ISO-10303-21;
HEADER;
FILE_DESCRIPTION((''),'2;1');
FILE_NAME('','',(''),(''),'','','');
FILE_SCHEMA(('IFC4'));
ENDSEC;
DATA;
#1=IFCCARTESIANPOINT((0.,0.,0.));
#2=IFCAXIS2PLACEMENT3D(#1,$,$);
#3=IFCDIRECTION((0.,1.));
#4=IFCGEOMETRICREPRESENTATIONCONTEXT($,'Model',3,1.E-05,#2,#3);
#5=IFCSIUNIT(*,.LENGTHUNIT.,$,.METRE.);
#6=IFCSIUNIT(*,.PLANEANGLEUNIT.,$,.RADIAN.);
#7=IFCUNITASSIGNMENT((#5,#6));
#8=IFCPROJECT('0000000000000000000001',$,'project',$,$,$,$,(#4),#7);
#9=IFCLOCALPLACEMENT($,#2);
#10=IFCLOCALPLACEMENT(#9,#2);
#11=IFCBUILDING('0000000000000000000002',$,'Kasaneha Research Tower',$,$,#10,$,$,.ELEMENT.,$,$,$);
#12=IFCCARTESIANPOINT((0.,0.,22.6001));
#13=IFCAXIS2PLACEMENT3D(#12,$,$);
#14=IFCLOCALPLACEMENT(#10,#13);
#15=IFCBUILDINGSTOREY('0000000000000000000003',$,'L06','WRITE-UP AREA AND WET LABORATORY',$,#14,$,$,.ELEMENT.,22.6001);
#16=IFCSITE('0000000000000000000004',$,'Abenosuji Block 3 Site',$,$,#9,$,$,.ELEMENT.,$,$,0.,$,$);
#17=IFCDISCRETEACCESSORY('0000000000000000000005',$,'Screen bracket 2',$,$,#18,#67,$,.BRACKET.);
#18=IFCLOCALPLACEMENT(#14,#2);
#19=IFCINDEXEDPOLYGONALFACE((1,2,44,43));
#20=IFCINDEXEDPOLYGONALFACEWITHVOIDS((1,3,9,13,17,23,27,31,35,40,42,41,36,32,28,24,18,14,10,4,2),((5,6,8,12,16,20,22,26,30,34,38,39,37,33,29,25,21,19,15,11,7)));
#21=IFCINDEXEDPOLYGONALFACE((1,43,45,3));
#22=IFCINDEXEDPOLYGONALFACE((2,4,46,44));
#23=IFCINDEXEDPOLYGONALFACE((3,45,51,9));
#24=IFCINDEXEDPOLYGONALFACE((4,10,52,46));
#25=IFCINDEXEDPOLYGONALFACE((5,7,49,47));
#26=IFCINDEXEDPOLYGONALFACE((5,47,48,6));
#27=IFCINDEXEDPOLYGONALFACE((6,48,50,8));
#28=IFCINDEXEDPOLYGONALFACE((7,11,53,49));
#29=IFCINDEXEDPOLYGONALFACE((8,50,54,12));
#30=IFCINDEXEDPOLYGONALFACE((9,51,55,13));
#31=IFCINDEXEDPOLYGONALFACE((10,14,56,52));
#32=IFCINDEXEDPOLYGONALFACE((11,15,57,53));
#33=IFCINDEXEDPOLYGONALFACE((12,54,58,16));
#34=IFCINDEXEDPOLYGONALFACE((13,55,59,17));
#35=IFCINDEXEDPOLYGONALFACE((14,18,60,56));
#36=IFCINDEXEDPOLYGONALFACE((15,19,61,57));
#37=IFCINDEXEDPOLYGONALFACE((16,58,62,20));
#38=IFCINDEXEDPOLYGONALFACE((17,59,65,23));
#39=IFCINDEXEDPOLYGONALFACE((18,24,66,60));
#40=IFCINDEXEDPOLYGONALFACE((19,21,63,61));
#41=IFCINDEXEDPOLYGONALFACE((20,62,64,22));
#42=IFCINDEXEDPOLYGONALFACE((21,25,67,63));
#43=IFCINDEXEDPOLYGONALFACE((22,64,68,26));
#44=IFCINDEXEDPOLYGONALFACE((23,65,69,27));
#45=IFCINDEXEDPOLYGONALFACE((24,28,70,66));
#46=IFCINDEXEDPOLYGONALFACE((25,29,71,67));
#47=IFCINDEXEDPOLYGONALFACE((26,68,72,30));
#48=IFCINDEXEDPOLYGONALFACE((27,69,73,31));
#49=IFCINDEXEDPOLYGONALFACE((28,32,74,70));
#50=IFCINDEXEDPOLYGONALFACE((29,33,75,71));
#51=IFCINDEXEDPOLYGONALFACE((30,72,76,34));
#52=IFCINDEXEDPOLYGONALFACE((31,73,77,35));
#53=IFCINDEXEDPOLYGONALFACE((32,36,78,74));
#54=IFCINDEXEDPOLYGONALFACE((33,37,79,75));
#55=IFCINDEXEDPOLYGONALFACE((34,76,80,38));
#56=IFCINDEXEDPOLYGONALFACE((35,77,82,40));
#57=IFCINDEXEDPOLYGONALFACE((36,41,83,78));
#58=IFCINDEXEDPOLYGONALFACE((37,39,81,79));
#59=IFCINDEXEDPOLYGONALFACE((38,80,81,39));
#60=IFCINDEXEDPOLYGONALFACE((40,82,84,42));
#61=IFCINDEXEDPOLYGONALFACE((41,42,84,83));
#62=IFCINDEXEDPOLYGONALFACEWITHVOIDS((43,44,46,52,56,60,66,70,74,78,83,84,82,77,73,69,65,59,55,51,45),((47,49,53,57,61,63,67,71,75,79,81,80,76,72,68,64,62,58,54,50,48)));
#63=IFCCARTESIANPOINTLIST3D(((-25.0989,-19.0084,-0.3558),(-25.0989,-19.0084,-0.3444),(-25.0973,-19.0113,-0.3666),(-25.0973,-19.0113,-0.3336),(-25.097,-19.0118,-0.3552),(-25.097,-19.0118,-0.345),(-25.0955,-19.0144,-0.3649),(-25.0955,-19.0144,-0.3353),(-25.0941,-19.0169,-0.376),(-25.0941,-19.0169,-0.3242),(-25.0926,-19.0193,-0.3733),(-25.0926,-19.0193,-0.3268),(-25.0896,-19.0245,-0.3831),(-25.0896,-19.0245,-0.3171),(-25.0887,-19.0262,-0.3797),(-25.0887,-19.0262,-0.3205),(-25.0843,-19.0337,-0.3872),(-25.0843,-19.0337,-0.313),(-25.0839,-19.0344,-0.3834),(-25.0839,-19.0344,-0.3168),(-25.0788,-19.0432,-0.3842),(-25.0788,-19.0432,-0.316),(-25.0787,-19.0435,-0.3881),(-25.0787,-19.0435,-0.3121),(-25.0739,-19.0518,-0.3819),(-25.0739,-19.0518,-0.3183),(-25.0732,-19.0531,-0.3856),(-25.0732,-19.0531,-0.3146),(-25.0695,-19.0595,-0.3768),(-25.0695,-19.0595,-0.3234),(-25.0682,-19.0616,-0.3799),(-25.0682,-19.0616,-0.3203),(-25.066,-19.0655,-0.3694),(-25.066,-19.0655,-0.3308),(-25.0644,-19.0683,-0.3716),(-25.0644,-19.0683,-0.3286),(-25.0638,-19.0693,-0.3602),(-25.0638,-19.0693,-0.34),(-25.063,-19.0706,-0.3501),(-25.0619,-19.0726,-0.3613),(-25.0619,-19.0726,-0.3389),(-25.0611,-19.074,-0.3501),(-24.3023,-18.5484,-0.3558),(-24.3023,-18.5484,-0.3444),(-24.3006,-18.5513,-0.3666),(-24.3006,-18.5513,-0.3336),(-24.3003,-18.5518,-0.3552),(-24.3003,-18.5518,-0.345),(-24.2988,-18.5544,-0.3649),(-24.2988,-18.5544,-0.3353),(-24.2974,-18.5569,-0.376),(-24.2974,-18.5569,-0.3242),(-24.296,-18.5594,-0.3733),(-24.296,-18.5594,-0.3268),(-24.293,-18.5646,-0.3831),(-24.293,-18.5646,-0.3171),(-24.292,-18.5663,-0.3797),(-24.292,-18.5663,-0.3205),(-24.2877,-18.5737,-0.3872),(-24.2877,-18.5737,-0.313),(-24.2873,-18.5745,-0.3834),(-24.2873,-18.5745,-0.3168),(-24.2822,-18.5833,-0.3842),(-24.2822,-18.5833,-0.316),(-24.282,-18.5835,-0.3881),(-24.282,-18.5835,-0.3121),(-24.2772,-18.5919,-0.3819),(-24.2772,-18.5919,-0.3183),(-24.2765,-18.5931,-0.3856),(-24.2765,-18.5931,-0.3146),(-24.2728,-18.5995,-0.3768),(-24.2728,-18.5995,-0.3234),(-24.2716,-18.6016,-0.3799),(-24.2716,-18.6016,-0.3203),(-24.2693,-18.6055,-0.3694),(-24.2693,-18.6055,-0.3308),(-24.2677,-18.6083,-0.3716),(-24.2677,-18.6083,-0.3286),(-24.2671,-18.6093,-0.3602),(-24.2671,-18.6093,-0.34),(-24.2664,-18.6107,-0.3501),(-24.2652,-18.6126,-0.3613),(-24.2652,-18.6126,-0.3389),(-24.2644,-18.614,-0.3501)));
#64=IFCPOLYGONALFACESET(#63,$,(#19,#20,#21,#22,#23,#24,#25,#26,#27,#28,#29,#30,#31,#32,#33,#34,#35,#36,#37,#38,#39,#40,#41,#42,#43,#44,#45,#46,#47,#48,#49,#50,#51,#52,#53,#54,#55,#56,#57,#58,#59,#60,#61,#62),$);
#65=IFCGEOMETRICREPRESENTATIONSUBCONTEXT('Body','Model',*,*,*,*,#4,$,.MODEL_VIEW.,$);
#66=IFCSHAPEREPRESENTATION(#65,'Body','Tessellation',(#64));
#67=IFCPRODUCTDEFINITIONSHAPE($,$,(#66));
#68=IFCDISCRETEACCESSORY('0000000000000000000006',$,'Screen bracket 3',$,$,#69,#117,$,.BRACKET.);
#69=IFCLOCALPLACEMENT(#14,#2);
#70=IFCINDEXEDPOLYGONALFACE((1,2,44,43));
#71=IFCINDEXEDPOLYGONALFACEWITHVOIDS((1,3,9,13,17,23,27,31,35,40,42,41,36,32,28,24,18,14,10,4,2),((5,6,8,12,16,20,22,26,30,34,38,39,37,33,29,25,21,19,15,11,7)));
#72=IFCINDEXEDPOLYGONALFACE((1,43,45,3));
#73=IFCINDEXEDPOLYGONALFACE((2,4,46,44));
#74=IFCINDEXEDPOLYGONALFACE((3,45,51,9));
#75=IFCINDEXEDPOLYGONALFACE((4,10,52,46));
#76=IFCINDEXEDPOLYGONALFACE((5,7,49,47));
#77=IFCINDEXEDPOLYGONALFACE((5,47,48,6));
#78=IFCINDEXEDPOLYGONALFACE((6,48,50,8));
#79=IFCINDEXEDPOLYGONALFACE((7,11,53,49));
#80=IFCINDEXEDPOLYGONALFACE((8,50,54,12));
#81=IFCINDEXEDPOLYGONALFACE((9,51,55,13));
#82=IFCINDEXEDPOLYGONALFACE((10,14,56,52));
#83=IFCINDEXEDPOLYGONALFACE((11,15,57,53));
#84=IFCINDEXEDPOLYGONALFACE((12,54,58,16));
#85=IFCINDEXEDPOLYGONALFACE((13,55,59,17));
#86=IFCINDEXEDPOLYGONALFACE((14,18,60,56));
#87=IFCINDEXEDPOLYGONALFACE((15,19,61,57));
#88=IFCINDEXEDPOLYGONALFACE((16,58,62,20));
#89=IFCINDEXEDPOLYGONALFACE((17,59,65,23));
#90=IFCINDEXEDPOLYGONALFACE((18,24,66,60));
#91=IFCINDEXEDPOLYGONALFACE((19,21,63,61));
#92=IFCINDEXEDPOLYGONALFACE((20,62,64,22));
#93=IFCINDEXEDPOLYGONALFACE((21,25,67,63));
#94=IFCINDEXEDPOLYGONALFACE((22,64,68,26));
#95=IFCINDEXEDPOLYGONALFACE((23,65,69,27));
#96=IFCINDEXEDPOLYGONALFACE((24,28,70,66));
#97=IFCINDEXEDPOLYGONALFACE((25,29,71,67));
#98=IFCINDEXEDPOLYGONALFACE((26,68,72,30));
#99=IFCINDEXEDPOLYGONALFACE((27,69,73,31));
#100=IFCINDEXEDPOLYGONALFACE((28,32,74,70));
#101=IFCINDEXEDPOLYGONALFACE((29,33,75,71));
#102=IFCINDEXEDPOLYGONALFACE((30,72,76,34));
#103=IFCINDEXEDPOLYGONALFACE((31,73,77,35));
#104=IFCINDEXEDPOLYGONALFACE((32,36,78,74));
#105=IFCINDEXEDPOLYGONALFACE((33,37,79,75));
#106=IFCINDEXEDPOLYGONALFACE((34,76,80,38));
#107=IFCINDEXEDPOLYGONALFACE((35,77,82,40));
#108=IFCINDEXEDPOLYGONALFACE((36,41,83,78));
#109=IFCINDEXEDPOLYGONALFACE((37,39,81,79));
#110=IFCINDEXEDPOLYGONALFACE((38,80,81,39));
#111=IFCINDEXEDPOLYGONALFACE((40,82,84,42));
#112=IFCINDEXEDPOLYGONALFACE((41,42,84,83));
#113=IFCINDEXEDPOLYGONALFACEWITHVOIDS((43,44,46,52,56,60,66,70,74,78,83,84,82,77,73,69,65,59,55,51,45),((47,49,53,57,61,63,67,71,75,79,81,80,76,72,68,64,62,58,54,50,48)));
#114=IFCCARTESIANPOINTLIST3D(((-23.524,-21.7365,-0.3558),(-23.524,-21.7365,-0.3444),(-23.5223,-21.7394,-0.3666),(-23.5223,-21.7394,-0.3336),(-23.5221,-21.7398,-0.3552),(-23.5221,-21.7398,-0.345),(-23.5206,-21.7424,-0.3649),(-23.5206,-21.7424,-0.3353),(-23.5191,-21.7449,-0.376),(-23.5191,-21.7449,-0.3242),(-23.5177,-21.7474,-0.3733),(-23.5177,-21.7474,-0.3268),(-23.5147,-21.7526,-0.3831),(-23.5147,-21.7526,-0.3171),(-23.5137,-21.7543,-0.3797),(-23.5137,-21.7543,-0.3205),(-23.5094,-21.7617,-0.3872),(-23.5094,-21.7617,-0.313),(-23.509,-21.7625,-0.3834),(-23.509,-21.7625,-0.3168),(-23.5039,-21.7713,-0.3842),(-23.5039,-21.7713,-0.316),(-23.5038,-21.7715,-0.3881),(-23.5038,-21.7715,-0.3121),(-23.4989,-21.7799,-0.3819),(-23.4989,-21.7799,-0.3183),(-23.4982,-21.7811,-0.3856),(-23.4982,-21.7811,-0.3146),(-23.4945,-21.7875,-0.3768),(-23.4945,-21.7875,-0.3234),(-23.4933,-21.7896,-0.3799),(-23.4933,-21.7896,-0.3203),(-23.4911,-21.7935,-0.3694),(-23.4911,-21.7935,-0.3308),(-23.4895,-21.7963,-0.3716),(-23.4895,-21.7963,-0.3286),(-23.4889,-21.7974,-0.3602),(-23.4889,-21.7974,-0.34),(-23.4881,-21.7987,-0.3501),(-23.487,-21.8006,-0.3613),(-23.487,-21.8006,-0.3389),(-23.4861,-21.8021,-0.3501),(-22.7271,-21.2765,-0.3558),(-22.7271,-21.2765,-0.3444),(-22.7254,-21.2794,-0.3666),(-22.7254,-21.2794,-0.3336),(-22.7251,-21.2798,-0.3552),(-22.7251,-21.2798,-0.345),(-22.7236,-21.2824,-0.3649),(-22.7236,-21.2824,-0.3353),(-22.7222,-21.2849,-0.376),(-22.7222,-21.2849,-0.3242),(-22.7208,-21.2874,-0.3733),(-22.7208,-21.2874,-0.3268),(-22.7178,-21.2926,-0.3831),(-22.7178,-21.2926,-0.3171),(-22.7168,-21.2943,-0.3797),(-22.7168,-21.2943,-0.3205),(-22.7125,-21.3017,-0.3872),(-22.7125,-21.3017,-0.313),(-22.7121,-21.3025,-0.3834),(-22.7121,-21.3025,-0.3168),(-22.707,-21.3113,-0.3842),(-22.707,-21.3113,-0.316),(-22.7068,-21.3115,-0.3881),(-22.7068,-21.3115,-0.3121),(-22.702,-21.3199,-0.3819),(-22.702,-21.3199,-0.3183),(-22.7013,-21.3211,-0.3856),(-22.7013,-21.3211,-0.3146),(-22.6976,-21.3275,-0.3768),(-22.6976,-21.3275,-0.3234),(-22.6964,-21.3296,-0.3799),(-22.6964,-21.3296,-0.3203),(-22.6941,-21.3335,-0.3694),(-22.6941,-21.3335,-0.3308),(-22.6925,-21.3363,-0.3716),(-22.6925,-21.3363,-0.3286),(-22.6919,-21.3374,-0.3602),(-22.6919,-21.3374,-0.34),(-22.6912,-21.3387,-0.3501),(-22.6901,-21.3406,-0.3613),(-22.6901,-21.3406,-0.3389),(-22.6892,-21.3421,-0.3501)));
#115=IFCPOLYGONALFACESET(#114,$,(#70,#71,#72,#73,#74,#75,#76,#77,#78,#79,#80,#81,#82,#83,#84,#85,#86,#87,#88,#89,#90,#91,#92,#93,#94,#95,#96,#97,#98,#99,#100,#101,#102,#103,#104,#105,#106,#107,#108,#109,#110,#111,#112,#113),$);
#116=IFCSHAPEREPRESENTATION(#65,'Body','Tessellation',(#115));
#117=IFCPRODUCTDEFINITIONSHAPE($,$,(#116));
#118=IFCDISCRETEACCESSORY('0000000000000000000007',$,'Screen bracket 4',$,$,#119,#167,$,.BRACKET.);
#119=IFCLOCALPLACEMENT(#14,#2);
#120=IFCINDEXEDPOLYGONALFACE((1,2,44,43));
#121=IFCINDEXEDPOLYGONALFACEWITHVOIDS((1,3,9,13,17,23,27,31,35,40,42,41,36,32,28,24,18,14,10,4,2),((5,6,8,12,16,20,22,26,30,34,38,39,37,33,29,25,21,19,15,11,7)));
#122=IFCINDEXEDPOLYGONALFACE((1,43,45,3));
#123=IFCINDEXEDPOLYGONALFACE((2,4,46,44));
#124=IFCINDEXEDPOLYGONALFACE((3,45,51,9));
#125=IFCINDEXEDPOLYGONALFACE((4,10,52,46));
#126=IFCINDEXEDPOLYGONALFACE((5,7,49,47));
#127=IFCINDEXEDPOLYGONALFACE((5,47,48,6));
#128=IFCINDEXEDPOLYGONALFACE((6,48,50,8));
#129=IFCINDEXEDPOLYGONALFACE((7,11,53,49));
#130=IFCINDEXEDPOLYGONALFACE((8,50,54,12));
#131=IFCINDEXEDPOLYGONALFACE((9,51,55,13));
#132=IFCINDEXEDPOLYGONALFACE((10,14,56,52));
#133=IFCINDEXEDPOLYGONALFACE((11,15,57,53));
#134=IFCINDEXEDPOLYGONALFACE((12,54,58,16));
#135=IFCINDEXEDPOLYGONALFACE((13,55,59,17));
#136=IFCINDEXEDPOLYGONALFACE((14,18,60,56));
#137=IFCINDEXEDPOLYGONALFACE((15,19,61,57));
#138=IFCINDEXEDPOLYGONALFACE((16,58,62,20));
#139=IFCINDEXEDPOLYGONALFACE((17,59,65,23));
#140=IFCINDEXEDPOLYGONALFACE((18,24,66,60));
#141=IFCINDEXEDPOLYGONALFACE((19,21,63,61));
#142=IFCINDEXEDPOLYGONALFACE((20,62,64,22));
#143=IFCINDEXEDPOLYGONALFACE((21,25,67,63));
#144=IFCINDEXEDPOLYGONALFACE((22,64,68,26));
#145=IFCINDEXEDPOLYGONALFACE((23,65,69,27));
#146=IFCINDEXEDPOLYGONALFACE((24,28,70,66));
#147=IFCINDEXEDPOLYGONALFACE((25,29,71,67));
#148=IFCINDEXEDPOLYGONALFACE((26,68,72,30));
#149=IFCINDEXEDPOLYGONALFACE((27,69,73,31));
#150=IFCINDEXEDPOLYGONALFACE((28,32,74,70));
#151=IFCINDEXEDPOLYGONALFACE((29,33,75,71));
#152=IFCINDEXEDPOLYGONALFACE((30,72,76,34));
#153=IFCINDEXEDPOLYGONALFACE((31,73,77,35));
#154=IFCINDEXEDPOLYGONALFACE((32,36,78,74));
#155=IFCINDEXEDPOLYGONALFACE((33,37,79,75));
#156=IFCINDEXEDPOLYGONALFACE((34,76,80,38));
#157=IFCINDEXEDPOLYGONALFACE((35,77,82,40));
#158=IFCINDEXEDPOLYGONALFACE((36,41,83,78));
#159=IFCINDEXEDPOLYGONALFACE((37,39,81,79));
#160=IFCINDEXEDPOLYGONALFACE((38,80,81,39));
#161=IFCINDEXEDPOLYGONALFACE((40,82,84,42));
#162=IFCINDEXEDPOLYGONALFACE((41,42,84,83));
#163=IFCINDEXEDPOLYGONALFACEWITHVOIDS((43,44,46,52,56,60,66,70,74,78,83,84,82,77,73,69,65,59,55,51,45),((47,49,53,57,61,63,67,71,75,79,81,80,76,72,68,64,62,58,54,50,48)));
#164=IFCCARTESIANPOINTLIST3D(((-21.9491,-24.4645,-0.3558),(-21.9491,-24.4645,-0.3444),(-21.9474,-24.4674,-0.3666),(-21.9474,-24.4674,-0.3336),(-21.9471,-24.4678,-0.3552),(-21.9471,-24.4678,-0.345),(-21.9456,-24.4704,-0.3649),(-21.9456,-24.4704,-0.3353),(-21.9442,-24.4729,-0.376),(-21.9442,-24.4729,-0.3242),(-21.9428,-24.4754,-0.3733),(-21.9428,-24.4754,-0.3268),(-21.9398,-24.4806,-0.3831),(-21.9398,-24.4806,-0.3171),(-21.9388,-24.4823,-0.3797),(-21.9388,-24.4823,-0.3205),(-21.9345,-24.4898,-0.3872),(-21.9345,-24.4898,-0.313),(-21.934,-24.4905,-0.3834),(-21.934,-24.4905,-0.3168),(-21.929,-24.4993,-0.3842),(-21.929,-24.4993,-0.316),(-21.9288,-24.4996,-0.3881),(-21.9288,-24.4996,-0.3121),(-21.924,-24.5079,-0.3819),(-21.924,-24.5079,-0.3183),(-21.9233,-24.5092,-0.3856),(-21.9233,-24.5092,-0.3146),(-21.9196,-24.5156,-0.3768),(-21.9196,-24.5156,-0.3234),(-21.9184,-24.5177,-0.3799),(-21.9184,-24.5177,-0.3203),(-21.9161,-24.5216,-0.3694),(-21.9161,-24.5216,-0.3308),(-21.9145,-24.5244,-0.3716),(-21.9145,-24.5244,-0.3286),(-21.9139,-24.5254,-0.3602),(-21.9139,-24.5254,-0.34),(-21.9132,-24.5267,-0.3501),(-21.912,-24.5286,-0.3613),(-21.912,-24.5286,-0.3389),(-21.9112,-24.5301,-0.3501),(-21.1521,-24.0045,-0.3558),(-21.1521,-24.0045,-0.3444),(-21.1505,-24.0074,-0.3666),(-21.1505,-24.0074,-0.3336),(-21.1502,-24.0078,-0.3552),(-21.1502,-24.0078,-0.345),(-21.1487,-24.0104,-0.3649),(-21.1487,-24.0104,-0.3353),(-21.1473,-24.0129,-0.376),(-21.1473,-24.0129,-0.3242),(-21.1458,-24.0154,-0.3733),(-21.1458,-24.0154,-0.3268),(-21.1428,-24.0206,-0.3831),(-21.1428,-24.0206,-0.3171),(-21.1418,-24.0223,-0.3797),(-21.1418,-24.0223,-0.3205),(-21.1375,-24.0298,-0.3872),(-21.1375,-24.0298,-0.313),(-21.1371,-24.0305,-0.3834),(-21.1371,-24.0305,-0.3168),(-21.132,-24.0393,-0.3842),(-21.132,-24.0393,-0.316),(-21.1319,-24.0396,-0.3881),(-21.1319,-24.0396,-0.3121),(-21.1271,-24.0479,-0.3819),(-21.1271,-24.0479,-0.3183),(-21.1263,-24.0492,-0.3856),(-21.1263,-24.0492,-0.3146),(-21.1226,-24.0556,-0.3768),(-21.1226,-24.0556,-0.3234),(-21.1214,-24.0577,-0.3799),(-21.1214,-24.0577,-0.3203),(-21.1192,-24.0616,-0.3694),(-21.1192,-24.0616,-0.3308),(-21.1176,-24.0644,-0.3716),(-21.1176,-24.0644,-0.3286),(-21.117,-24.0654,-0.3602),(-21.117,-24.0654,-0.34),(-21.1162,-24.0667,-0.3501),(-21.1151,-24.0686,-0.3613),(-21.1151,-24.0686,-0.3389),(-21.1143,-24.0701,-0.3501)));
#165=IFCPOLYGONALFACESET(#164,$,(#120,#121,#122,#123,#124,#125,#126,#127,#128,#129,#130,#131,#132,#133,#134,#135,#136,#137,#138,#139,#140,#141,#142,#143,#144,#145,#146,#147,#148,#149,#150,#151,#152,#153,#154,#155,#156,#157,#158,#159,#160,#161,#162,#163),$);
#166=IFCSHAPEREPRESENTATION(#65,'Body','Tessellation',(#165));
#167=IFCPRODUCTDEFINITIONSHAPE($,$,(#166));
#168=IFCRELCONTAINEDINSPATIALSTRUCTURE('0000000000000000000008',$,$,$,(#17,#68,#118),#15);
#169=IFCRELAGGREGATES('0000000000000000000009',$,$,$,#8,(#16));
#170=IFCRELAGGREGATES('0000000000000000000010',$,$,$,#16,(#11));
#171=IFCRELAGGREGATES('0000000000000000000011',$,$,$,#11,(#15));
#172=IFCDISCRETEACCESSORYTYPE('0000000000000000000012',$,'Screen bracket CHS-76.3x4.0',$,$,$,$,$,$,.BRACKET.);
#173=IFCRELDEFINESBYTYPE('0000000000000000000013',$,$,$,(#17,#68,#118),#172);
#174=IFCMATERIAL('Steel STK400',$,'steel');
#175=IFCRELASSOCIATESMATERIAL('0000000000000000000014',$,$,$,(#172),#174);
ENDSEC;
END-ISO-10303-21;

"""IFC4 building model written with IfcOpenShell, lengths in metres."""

from ifc_helpers import new_model, si_unit, direction, frame, origin, origin_2d, place, context, subcontext, project, spatial, hollow_circle, extrude, material, material_profile, profile_set, type_object, element, save


model = new_model("IFC4")

# Units and contexts
model_context = context("Model", 3, precision=1e-05, world=origin(), true_north=direction((0.0, 1.0)))
body_context = subcontext(model_context, "Body", "Model", "MODEL_VIEW")
ifc_project = project(units=[si_unit("LENGTHUNIT", "METRE"), si_unit("PLANEANGLEUNIT", "RADIAN")], contexts=[model_context])

# Site, building, storey
site_placement = place(None, origin())
site = spatial("IfcSite", under=ifc_project, at=site_placement, Name="Abenosuji Block 3 Site", CompositionType="ELEMENT", RefElevation=0.0)
building_placement = place(site_placement, origin())
building = spatial("IfcBuilding", under=site, at=building_placement, Name="Kasaneha Research Tower", CompositionType="ELEMENT")
storey_placement = place(building_placement, frame((0.0, 0.0, 22.6001)))
storey = spatial("IfcBuildingStorey", under=building, at=storey_placement, Name="L06", Description="WRITE-UP AREA AND WET LABORATORY", CompositionType="ELEMENT", Elevation=22.6001)

# Discrete accessories
ifc_material_1 = material(Name="Steel STK400", Category="steel")
ifc_material_profile_1 = material_profile(ifc_material_1, hollow_circle(Radius=0.0381, WallThickness=0.0039, at=origin_2d()), Name="CHS-76.3x4.0")
ifc_profile_set_1 = profile_set([ifc_material_profile_1], Name="Steel STK400")
discrete_accessory_type = type_object("IfcDiscreteAccessoryType", Name="Screen bracket CHS-76.3x4.0", PredefinedType="BRACKET", material=ifc_profile_set_1)
for number, where, z_axis, x_axis, name in (
    (1, (-24.2834, -18.5811, -0.3501), (-0.866013, -0.500021, 0.0), (0.500021, -0.866013, 0.0), "Screen bracket 2"),
):
    element("IfcDiscreteAccessory", number, at=place(storey_placement, frame(where, z_axis=z_axis, x_axis=x_axis)), inside=storey, type_object=discrete_accessory_type, Name=name, PredefinedType="BRACKET", context=body_context, shape_type="SweptSolid", body=[
        extrude(hollow_circle(Radius=0.0381, WallThickness=0.0039, at=origin_2d()), origin(), (0.0, 0.0, 1.0), 0.9199),
    ])
for number, where, z_axis, x_axis, name in (
    (2, (-22.7083, -21.3091, -0.3501), (-0.86608, -0.499906, 0.0), (0.499906, -0.86608, 0.0), "Screen bracket 3"),
    (3, (-21.1333, -24.0371, -0.3501), (-0.86608, -0.499906, 0.0), (0.499906, -0.86608, 0.0), "Screen bracket 4"),
):
    element("IfcDiscreteAccessory", number, at=place(storey_placement, frame(where, z_axis=z_axis, x_axis=x_axis)), inside=storey, type_object=discrete_accessory_type, Name=name, PredefinedType="BRACKET", context=body_context, shape_type="SweptSolid", body=[
        extrude(hollow_circle(Radius=0.0381, WallThickness=0.0039, at=origin_2d()), origin(), (0.0, 0.0, 1.0), 0.9202),
    ])

save(model, "model.ifc")
